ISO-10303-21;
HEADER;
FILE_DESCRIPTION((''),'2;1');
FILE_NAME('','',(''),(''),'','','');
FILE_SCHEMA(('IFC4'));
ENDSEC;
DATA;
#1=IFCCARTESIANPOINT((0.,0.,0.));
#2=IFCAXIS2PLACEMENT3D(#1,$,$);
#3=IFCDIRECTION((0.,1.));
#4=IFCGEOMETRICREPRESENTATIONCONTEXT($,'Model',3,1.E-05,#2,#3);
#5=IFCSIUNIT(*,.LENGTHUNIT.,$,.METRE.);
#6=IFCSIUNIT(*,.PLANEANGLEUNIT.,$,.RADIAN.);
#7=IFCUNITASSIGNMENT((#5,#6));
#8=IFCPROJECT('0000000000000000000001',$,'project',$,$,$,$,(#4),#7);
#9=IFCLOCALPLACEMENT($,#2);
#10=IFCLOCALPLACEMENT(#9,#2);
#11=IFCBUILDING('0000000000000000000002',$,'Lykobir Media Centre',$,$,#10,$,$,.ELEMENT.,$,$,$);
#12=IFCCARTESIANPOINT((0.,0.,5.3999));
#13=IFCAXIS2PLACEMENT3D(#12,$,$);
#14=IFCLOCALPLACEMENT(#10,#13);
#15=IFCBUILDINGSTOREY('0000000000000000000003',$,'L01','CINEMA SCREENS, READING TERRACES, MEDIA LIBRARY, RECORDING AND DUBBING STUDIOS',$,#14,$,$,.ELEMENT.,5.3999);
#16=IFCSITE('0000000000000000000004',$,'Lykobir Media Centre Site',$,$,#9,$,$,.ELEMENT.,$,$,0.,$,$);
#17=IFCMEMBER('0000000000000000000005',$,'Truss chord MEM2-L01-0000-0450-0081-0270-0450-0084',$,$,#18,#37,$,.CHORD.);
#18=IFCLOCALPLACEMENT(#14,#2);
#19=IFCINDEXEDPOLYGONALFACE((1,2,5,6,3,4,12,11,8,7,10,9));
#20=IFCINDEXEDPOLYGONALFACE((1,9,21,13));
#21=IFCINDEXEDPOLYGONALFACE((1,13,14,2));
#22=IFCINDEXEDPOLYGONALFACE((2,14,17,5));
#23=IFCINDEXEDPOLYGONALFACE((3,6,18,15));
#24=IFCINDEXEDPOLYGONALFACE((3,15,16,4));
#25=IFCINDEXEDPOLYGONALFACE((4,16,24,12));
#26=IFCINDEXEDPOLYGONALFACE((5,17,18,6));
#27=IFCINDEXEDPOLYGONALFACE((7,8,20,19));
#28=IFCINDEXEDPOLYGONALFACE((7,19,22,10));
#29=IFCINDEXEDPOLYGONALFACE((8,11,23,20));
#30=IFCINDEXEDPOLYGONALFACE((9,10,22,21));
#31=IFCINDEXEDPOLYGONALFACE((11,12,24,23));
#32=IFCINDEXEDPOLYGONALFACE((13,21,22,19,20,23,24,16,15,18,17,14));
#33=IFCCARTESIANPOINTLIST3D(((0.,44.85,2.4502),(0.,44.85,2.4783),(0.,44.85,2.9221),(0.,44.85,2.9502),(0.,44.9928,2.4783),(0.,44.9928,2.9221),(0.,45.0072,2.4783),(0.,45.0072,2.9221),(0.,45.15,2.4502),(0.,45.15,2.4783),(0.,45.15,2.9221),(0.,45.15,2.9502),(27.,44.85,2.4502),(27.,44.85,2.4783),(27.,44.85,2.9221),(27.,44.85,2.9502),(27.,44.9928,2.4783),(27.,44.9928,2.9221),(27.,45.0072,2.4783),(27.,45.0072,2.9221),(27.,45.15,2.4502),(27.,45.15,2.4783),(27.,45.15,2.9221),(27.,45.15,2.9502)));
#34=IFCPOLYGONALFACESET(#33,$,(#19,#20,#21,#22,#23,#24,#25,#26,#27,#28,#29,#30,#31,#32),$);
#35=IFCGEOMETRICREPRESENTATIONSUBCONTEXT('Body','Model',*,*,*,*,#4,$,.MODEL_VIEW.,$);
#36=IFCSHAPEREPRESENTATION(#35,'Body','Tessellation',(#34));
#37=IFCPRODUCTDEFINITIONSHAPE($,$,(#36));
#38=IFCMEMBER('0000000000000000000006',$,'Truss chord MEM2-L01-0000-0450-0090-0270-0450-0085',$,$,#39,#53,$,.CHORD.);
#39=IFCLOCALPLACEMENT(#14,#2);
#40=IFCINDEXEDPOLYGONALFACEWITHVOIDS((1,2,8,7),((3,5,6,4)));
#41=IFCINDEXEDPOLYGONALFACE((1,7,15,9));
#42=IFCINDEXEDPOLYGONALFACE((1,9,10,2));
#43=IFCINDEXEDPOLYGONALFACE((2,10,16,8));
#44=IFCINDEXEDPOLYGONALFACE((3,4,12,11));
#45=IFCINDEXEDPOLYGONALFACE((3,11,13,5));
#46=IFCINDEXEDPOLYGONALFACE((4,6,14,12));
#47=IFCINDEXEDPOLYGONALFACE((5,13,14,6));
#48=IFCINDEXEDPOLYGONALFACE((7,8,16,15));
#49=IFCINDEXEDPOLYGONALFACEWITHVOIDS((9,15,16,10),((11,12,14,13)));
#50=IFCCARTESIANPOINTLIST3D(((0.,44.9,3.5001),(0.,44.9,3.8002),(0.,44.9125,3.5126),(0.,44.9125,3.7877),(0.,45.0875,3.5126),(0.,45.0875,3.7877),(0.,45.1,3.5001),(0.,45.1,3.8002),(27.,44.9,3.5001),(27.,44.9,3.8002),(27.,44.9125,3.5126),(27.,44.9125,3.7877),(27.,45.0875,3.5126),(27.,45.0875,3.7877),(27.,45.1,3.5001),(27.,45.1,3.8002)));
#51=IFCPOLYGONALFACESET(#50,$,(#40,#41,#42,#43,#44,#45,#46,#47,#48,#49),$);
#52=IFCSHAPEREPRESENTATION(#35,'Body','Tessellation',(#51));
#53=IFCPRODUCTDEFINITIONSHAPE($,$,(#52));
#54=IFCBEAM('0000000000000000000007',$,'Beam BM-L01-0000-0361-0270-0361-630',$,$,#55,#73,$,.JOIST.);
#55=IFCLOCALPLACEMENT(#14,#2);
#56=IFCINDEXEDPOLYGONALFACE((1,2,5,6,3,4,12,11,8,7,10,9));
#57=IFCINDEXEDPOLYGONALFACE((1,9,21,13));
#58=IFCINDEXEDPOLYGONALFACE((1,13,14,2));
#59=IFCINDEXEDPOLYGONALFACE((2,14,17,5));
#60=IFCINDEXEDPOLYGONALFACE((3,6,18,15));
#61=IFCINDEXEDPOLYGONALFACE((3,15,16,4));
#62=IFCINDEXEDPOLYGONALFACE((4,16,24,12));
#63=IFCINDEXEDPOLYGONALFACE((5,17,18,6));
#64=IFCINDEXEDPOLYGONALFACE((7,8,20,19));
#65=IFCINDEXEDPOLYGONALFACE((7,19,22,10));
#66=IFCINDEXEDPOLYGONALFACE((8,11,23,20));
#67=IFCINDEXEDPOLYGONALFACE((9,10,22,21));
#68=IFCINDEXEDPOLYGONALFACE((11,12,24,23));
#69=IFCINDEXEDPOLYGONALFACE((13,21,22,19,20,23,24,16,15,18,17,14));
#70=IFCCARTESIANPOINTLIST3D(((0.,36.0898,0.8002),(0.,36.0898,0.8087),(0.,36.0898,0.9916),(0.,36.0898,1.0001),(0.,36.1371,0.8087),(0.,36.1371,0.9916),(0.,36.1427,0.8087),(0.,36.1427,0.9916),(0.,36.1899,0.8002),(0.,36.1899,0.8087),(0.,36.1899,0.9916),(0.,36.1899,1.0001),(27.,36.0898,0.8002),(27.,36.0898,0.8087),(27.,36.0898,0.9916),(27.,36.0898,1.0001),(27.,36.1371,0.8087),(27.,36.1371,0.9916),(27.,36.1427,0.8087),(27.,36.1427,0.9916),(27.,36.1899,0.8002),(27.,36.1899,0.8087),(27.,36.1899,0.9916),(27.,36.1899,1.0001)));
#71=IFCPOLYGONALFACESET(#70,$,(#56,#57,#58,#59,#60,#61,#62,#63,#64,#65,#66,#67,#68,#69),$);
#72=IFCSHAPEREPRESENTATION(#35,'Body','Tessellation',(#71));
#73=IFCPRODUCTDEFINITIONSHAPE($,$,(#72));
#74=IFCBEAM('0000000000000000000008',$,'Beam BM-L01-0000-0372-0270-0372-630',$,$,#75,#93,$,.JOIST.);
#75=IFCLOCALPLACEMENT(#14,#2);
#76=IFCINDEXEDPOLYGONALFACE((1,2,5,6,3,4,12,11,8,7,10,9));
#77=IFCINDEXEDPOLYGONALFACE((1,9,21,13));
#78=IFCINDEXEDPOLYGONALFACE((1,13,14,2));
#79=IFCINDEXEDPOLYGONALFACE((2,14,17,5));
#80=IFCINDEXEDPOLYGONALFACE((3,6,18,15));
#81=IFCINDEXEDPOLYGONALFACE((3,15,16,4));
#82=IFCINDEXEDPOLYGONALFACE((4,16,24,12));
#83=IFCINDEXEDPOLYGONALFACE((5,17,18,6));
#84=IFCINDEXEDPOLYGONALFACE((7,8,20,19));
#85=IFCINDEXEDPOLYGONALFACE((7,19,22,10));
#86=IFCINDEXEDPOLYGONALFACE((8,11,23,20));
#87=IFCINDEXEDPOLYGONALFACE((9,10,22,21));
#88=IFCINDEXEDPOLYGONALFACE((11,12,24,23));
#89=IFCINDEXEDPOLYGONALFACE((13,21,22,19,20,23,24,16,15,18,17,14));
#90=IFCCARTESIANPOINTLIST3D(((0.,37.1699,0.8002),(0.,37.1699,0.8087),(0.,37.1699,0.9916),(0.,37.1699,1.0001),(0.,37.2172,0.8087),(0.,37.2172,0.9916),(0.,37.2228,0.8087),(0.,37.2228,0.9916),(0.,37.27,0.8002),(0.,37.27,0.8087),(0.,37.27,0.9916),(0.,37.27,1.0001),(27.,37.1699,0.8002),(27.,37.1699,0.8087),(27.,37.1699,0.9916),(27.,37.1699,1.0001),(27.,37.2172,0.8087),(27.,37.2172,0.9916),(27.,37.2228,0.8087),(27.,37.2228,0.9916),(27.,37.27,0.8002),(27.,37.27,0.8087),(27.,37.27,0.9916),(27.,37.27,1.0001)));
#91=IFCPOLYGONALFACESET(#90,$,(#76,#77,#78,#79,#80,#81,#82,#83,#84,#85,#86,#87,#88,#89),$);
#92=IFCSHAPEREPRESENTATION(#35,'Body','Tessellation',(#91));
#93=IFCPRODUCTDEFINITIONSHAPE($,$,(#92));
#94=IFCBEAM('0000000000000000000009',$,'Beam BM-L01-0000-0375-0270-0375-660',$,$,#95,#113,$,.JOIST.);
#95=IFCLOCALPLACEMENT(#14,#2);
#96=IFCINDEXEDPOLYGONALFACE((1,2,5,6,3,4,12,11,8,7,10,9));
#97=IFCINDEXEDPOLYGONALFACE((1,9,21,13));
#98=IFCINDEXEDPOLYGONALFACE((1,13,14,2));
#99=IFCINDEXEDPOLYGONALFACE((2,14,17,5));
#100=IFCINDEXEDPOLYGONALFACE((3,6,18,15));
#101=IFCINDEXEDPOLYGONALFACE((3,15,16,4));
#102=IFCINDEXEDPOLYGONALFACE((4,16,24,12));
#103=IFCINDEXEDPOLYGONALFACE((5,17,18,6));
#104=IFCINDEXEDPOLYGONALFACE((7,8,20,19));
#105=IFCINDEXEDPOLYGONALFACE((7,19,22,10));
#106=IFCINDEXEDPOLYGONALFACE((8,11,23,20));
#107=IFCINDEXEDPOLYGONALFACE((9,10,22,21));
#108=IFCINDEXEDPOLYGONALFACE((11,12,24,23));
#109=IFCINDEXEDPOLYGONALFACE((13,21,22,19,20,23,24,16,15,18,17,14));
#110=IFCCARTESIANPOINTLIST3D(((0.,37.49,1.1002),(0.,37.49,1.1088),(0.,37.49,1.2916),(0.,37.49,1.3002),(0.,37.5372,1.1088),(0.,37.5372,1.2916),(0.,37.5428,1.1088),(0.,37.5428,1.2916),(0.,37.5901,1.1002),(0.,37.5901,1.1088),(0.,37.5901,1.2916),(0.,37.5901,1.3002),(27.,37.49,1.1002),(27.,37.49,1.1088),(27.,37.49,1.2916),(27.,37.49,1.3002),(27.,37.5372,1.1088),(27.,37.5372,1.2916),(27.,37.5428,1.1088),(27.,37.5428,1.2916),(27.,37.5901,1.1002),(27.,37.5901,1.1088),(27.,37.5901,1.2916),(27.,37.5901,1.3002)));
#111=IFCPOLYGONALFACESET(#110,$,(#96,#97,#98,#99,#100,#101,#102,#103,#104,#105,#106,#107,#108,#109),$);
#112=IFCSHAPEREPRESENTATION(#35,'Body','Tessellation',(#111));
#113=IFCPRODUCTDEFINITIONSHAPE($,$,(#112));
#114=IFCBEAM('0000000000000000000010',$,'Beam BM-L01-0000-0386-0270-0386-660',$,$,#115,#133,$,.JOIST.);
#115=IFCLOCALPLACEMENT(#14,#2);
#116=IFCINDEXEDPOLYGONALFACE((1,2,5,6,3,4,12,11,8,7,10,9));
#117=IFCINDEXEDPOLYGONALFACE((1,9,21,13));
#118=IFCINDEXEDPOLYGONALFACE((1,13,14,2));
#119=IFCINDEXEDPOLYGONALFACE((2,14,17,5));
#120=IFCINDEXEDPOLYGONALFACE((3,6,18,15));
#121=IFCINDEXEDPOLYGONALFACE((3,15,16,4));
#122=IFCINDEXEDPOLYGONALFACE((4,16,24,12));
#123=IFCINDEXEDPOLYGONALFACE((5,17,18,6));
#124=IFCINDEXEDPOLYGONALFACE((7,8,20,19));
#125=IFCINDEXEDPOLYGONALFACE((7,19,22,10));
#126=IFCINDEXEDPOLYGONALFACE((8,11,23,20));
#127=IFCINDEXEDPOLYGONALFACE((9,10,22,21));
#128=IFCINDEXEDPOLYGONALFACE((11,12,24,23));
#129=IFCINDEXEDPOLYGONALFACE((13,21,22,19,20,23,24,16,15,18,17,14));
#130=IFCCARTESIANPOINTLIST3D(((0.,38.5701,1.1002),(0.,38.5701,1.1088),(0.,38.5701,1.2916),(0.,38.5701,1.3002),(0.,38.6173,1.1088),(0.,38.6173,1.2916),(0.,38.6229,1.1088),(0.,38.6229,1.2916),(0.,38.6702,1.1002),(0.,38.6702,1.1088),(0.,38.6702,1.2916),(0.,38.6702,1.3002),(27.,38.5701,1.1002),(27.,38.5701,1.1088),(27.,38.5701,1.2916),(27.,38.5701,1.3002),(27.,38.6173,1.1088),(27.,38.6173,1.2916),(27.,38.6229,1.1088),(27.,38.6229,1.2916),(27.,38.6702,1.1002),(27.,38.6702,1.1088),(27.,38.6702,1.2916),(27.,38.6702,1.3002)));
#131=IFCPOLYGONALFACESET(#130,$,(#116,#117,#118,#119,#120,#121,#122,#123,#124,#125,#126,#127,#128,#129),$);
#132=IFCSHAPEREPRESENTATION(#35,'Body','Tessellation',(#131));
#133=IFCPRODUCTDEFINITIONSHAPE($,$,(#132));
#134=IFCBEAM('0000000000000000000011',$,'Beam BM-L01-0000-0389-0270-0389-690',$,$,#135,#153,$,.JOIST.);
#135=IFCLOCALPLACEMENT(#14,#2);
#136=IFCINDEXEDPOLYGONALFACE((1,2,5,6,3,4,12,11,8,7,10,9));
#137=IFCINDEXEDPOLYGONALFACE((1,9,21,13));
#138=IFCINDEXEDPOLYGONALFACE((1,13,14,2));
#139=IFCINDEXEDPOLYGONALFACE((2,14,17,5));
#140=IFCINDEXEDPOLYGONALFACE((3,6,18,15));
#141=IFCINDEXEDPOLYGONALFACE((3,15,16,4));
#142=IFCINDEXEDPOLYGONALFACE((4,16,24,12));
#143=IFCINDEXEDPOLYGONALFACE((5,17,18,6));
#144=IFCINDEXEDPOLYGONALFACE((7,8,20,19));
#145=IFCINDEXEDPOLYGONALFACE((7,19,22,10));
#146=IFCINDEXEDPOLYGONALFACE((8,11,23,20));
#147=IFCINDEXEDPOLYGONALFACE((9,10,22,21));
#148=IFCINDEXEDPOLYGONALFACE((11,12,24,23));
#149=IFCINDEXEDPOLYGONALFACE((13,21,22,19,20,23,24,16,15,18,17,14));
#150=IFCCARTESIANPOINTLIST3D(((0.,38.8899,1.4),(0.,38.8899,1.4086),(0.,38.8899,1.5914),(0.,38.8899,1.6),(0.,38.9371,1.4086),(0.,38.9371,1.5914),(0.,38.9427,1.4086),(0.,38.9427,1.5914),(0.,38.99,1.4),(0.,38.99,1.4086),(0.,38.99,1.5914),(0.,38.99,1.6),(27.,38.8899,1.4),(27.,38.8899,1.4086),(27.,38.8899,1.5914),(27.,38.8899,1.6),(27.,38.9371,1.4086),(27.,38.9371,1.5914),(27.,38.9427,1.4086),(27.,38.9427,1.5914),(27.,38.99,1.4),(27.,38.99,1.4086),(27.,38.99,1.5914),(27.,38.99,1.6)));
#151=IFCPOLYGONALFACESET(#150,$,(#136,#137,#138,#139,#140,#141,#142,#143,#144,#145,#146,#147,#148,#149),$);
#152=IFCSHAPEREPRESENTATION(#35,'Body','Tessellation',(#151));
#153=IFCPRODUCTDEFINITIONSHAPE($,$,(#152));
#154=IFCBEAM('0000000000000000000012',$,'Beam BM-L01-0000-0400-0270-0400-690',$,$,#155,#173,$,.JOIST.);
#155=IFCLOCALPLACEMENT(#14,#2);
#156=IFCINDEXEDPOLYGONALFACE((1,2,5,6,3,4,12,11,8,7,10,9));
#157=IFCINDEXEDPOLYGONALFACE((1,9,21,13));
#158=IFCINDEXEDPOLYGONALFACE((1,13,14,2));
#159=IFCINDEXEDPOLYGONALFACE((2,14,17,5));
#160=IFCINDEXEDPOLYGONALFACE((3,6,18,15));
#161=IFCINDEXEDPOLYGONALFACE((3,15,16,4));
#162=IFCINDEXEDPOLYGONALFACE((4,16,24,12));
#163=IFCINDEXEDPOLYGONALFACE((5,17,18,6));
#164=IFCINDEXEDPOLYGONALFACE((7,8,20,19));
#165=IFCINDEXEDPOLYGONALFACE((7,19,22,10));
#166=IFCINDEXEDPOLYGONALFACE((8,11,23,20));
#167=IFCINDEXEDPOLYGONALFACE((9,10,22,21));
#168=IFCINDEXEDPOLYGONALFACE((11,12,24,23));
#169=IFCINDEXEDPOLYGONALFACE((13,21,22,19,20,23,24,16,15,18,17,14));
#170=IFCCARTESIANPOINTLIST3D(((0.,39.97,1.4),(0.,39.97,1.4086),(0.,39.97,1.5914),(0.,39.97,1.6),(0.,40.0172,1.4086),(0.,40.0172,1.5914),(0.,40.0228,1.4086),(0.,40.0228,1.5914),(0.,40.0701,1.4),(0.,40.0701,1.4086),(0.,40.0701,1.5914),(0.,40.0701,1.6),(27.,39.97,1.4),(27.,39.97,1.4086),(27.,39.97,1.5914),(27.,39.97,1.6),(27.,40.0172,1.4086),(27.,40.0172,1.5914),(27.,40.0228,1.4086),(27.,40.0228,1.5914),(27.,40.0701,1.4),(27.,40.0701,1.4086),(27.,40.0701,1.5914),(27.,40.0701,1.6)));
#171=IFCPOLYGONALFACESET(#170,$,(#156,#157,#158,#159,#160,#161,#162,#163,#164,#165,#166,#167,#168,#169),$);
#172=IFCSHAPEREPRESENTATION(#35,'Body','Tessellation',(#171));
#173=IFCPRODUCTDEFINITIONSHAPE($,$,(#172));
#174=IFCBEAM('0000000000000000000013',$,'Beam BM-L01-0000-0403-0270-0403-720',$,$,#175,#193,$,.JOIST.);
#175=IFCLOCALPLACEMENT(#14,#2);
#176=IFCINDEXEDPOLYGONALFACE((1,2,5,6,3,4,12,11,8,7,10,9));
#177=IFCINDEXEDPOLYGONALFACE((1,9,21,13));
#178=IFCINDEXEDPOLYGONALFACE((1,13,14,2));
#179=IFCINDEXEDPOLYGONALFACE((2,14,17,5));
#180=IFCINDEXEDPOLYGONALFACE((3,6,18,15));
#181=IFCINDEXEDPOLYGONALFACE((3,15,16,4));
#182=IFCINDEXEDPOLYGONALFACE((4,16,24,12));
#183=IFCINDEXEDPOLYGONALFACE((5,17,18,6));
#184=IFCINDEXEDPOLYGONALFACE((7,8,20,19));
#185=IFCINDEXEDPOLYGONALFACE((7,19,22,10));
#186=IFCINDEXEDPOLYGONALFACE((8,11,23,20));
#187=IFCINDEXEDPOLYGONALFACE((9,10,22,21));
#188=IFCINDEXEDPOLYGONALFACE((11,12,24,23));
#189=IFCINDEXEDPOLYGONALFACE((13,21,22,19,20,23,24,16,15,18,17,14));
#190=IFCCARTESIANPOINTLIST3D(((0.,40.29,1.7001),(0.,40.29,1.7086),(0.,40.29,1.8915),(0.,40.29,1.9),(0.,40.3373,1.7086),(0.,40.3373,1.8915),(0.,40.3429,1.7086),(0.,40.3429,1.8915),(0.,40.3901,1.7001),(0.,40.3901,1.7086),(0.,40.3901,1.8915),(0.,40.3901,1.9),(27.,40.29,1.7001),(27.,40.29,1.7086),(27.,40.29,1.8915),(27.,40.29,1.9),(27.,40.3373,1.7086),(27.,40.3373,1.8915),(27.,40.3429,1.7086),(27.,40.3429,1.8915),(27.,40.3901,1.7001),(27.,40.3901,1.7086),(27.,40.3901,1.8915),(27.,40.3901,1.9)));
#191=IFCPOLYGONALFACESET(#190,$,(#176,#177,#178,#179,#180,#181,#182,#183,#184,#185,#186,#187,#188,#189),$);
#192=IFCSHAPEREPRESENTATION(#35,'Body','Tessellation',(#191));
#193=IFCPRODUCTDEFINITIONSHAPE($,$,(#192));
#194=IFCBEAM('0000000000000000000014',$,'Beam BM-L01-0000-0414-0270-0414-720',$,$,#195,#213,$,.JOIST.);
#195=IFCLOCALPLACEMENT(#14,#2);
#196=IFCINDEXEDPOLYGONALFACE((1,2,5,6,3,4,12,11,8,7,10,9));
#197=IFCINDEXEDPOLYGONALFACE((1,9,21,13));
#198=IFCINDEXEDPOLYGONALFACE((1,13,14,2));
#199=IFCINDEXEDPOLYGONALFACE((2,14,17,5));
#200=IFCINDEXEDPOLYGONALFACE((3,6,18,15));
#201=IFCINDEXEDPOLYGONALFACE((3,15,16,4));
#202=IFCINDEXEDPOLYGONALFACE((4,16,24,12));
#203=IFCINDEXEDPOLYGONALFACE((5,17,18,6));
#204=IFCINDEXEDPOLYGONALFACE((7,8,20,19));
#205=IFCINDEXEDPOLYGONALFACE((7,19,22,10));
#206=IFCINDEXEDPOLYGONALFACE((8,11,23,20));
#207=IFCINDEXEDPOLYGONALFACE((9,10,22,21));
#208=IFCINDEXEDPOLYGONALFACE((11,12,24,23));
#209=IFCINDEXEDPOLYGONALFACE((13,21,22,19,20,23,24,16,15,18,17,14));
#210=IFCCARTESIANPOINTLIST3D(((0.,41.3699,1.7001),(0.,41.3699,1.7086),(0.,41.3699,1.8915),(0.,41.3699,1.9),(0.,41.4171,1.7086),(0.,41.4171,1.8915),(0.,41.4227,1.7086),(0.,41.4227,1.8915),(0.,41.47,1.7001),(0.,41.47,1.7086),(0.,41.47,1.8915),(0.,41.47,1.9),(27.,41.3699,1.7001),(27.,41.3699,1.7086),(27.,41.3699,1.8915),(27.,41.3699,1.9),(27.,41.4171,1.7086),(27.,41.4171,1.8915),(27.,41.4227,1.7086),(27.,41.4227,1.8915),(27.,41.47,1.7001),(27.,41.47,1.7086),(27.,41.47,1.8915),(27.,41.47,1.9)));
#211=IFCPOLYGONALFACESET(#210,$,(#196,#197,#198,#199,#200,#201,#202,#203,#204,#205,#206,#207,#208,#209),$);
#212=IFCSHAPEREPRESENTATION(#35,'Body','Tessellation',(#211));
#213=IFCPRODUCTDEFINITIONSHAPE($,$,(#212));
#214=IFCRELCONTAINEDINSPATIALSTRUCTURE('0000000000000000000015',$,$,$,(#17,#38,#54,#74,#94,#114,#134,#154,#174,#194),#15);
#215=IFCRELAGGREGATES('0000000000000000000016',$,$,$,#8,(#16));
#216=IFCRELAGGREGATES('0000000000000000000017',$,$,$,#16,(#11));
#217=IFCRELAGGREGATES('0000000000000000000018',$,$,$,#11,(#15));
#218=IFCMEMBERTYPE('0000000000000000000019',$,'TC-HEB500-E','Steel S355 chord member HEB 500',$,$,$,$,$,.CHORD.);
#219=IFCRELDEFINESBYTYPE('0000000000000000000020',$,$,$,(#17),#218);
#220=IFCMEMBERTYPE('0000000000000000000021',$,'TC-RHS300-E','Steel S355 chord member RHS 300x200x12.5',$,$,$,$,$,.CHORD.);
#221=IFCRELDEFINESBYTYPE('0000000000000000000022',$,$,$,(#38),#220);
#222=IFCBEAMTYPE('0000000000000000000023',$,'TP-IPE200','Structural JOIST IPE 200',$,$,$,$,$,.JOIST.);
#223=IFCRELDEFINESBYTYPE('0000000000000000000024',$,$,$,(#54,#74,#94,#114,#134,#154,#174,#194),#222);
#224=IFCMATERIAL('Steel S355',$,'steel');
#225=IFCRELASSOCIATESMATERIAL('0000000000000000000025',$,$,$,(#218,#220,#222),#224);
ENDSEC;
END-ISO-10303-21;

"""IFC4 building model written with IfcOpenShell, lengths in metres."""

from ifc_helpers import new_model, si_unit, direction, frame, origin, origin_2d, place, context, subcontext, project, spatial, hollow_rectangle, i_section, extrude, material, material_profile, profile_set, type_object, element, save


model = new_model("IFC4")

# Units and contexts
model_context = context("Model", 3, precision=1e-05, world=origin(), true_north=direction((0.0, 1.0)))
body_context = subcontext(model_context, "Body", "Model", "MODEL_VIEW")
ifc_project = project(units=[si_unit("LENGTHUNIT", "METRE"), si_unit("PLANEANGLEUNIT", "RADIAN")], contexts=[model_context])

# Site, building, storey
site_placement = place(None, origin())
site = spatial("IfcSite", under=ifc_project, at=site_placement, Name="Lykobir Media Centre Site", CompositionType="ELEMENT", RefElevation=0.0)
building_placement = place(site_placement, origin())
building = spatial("IfcBuilding", under=site, at=building_placement, Name="Lykobir Media Centre", CompositionType="ELEMENT")
storey_placement = place(building_placement, frame((0.0, 0.0, 5.3999)))
storey = spatial("IfcBuildingStorey", under=building, at=storey_placement, Name="L01", Description="CINEMA SCREENS, READING TERRACES, MEDIA LIBRARY, RECORDING AND DUBBING STUDIOS", CompositionType="ELEMENT", Elevation=5.3999)

# Shared definitions
ifc_material_1 = material(Name="Steel S355", Category="steel")

# Members
ifc_material_profile_1 = material_profile(ifc_material_1, i_section(OverallWidth=0.3, OverallDepth=0.5, WebThickness=0.0144, FlangeThickness=0.0281, at=origin_2d()), Name="HEB 500")
ifc_profile_set_1 = profile_set([ifc_material_profile_1], Name="Steel S355")
member_type_1 = type_object("IfcMemberType", Name="TC-HEB500-E", Description="Steel S355 chord member HEB 500", PredefinedType="CHORD", material=ifc_profile_set_1)
member_1_placement = place(storey_placement, frame((0.0, 45.0, 2.7002), z_axis=(1.0, 0.0, 0.0), x_axis=(0.0, 1.0, 0.0)))
element("IfcMember", 1, at=member_1_placement, inside=storey, type_object=member_type_1, Name="Truss chord MEM2-L01-0000-0450-0081-0270-0450-0084", PredefinedType="CHORD", context=body_context, shape_type="SweptSolid", body=[
    extrude(i_section(OverallWidth=0.3, OverallDepth=0.5, WebThickness=0.0144, FlangeThickness=0.0281, at=origin_2d()), origin(), (0.0, 0.0, 1.0), 27.0),
])
ifc_material_profile_2 = material_profile(ifc_material_1, hollow_rectangle(XDim=0.2, YDim=0.3, WallThickness=0.0125, at=origin_2d()), Name="RHS 300x200x12.5")
ifc_profile_set_2 = profile_set([ifc_material_profile_2], Name="Steel S355")
member_type_2 = type_object("IfcMemberType", Name="TC-RHS300-E", Description="Steel S355 chord member RHS 300x200x12.5", PredefinedType="CHORD", material=ifc_profile_set_2)
member_2_placement = place(storey_placement, frame((0.0, 45.0, 3.6501), z_axis=(1.0, 0.0, 0.0), x_axis=(0.0, 1.0, 0.0)))
element("IfcMember", 2, at=member_2_placement, inside=storey, type_object=member_type_2, Name="Truss chord MEM2-L01-0000-0450-0090-0270-0450-0085", PredefinedType="CHORD", context=body_context, shape_type="SweptSolid", body=[
    extrude(hollow_rectangle(XDim=0.2, YDim=0.3, WallThickness=0.0125, at=origin_2d()), origin(), (0.0, 0.0, 1.0), 27.0),
])

# Beams
ifc_material_profile_3 = material_profile(ifc_material_1, i_section(OverallWidth=0.1001, OverallDepth=0.2, WebThickness=0.0056, FlangeThickness=0.0085, at=origin_2d()), Name="IPE 200")
ifc_profile_set_3 = profile_set([ifc_material_profile_3], Name="Steel S355")
beam_type_1 = type_object("IfcBeamType", Name="TP-IPE200", Description="Structural JOIST IPE 200", PredefinedType="JOIST", material=ifc_profile_set_3)
for number, where, z_axis, x_axis, name in (
    (3, (0.0, 36.1399, 0.9001), (1.0, 0.0, 0.0), (0.0, 1.0, 0.0), "Beam BM-L01-0000-0361-0270-0361-630"),
    (4, (0.0, 37.22, 0.9001), (1.0, 0.0, 0.0), (0.0, 1.0, 0.0), "Beam BM-L01-0000-0372-0270-0372-630"),
    (5, (0.0, 37.54, 1.2002), (1.0, 0.0, 0.0), (0.0, 1.0, 0.0), "Beam BM-L01-0000-0375-0270-0375-660"),
    (6, (0.0, 38.6201, 1.2002), (1.0, 0.0, 0.0), (0.0, 1.0, 0.0), "Beam BM-L01-0000-0386-0270-0386-660"),
    (7, (0.0, 38.9399, 1.5), (1.0, 0.0, 0.0), (0.0, 1.0, 0.0), "Beam BM-L01-0000-0389-0270-0389-690"),
    (8, (0.0, 40.02, 1.5), (1.0, 0.0, 0.0), (0.0, 1.0, 0.0), "Beam BM-L01-0000-0400-0270-0400-690"),
    (9, (0.0, 40.3401, 1.8), (1.0, 0.0, 0.0), (0.0, 1.0, 0.0), "Beam BM-L01-0000-0403-0270-0403-720"),
    (10, (0.0, 41.4199, 1.8), (1.0, 0.0, 0.0), (0.0, 1.0, 0.0), "Beam BM-L01-0000-0414-0270-0414-720"),
):
    element("IfcBeam", number, at=place(storey_placement, frame(where, z_axis=z_axis, x_axis=x_axis)), inside=storey, type_object=beam_type_1, Name=name, PredefinedType="JOIST", context=body_context, shape_type="SweptSolid", body=[
        extrude(i_section(OverallWidth=0.1001, OverallDepth=0.2, WebThickness=0.0056, FlangeThickness=0.0085, at=origin_2d()), origin(), (0.0, 0.0, 1.0), 27.0),
    ])

save(model, "model.ifc")
